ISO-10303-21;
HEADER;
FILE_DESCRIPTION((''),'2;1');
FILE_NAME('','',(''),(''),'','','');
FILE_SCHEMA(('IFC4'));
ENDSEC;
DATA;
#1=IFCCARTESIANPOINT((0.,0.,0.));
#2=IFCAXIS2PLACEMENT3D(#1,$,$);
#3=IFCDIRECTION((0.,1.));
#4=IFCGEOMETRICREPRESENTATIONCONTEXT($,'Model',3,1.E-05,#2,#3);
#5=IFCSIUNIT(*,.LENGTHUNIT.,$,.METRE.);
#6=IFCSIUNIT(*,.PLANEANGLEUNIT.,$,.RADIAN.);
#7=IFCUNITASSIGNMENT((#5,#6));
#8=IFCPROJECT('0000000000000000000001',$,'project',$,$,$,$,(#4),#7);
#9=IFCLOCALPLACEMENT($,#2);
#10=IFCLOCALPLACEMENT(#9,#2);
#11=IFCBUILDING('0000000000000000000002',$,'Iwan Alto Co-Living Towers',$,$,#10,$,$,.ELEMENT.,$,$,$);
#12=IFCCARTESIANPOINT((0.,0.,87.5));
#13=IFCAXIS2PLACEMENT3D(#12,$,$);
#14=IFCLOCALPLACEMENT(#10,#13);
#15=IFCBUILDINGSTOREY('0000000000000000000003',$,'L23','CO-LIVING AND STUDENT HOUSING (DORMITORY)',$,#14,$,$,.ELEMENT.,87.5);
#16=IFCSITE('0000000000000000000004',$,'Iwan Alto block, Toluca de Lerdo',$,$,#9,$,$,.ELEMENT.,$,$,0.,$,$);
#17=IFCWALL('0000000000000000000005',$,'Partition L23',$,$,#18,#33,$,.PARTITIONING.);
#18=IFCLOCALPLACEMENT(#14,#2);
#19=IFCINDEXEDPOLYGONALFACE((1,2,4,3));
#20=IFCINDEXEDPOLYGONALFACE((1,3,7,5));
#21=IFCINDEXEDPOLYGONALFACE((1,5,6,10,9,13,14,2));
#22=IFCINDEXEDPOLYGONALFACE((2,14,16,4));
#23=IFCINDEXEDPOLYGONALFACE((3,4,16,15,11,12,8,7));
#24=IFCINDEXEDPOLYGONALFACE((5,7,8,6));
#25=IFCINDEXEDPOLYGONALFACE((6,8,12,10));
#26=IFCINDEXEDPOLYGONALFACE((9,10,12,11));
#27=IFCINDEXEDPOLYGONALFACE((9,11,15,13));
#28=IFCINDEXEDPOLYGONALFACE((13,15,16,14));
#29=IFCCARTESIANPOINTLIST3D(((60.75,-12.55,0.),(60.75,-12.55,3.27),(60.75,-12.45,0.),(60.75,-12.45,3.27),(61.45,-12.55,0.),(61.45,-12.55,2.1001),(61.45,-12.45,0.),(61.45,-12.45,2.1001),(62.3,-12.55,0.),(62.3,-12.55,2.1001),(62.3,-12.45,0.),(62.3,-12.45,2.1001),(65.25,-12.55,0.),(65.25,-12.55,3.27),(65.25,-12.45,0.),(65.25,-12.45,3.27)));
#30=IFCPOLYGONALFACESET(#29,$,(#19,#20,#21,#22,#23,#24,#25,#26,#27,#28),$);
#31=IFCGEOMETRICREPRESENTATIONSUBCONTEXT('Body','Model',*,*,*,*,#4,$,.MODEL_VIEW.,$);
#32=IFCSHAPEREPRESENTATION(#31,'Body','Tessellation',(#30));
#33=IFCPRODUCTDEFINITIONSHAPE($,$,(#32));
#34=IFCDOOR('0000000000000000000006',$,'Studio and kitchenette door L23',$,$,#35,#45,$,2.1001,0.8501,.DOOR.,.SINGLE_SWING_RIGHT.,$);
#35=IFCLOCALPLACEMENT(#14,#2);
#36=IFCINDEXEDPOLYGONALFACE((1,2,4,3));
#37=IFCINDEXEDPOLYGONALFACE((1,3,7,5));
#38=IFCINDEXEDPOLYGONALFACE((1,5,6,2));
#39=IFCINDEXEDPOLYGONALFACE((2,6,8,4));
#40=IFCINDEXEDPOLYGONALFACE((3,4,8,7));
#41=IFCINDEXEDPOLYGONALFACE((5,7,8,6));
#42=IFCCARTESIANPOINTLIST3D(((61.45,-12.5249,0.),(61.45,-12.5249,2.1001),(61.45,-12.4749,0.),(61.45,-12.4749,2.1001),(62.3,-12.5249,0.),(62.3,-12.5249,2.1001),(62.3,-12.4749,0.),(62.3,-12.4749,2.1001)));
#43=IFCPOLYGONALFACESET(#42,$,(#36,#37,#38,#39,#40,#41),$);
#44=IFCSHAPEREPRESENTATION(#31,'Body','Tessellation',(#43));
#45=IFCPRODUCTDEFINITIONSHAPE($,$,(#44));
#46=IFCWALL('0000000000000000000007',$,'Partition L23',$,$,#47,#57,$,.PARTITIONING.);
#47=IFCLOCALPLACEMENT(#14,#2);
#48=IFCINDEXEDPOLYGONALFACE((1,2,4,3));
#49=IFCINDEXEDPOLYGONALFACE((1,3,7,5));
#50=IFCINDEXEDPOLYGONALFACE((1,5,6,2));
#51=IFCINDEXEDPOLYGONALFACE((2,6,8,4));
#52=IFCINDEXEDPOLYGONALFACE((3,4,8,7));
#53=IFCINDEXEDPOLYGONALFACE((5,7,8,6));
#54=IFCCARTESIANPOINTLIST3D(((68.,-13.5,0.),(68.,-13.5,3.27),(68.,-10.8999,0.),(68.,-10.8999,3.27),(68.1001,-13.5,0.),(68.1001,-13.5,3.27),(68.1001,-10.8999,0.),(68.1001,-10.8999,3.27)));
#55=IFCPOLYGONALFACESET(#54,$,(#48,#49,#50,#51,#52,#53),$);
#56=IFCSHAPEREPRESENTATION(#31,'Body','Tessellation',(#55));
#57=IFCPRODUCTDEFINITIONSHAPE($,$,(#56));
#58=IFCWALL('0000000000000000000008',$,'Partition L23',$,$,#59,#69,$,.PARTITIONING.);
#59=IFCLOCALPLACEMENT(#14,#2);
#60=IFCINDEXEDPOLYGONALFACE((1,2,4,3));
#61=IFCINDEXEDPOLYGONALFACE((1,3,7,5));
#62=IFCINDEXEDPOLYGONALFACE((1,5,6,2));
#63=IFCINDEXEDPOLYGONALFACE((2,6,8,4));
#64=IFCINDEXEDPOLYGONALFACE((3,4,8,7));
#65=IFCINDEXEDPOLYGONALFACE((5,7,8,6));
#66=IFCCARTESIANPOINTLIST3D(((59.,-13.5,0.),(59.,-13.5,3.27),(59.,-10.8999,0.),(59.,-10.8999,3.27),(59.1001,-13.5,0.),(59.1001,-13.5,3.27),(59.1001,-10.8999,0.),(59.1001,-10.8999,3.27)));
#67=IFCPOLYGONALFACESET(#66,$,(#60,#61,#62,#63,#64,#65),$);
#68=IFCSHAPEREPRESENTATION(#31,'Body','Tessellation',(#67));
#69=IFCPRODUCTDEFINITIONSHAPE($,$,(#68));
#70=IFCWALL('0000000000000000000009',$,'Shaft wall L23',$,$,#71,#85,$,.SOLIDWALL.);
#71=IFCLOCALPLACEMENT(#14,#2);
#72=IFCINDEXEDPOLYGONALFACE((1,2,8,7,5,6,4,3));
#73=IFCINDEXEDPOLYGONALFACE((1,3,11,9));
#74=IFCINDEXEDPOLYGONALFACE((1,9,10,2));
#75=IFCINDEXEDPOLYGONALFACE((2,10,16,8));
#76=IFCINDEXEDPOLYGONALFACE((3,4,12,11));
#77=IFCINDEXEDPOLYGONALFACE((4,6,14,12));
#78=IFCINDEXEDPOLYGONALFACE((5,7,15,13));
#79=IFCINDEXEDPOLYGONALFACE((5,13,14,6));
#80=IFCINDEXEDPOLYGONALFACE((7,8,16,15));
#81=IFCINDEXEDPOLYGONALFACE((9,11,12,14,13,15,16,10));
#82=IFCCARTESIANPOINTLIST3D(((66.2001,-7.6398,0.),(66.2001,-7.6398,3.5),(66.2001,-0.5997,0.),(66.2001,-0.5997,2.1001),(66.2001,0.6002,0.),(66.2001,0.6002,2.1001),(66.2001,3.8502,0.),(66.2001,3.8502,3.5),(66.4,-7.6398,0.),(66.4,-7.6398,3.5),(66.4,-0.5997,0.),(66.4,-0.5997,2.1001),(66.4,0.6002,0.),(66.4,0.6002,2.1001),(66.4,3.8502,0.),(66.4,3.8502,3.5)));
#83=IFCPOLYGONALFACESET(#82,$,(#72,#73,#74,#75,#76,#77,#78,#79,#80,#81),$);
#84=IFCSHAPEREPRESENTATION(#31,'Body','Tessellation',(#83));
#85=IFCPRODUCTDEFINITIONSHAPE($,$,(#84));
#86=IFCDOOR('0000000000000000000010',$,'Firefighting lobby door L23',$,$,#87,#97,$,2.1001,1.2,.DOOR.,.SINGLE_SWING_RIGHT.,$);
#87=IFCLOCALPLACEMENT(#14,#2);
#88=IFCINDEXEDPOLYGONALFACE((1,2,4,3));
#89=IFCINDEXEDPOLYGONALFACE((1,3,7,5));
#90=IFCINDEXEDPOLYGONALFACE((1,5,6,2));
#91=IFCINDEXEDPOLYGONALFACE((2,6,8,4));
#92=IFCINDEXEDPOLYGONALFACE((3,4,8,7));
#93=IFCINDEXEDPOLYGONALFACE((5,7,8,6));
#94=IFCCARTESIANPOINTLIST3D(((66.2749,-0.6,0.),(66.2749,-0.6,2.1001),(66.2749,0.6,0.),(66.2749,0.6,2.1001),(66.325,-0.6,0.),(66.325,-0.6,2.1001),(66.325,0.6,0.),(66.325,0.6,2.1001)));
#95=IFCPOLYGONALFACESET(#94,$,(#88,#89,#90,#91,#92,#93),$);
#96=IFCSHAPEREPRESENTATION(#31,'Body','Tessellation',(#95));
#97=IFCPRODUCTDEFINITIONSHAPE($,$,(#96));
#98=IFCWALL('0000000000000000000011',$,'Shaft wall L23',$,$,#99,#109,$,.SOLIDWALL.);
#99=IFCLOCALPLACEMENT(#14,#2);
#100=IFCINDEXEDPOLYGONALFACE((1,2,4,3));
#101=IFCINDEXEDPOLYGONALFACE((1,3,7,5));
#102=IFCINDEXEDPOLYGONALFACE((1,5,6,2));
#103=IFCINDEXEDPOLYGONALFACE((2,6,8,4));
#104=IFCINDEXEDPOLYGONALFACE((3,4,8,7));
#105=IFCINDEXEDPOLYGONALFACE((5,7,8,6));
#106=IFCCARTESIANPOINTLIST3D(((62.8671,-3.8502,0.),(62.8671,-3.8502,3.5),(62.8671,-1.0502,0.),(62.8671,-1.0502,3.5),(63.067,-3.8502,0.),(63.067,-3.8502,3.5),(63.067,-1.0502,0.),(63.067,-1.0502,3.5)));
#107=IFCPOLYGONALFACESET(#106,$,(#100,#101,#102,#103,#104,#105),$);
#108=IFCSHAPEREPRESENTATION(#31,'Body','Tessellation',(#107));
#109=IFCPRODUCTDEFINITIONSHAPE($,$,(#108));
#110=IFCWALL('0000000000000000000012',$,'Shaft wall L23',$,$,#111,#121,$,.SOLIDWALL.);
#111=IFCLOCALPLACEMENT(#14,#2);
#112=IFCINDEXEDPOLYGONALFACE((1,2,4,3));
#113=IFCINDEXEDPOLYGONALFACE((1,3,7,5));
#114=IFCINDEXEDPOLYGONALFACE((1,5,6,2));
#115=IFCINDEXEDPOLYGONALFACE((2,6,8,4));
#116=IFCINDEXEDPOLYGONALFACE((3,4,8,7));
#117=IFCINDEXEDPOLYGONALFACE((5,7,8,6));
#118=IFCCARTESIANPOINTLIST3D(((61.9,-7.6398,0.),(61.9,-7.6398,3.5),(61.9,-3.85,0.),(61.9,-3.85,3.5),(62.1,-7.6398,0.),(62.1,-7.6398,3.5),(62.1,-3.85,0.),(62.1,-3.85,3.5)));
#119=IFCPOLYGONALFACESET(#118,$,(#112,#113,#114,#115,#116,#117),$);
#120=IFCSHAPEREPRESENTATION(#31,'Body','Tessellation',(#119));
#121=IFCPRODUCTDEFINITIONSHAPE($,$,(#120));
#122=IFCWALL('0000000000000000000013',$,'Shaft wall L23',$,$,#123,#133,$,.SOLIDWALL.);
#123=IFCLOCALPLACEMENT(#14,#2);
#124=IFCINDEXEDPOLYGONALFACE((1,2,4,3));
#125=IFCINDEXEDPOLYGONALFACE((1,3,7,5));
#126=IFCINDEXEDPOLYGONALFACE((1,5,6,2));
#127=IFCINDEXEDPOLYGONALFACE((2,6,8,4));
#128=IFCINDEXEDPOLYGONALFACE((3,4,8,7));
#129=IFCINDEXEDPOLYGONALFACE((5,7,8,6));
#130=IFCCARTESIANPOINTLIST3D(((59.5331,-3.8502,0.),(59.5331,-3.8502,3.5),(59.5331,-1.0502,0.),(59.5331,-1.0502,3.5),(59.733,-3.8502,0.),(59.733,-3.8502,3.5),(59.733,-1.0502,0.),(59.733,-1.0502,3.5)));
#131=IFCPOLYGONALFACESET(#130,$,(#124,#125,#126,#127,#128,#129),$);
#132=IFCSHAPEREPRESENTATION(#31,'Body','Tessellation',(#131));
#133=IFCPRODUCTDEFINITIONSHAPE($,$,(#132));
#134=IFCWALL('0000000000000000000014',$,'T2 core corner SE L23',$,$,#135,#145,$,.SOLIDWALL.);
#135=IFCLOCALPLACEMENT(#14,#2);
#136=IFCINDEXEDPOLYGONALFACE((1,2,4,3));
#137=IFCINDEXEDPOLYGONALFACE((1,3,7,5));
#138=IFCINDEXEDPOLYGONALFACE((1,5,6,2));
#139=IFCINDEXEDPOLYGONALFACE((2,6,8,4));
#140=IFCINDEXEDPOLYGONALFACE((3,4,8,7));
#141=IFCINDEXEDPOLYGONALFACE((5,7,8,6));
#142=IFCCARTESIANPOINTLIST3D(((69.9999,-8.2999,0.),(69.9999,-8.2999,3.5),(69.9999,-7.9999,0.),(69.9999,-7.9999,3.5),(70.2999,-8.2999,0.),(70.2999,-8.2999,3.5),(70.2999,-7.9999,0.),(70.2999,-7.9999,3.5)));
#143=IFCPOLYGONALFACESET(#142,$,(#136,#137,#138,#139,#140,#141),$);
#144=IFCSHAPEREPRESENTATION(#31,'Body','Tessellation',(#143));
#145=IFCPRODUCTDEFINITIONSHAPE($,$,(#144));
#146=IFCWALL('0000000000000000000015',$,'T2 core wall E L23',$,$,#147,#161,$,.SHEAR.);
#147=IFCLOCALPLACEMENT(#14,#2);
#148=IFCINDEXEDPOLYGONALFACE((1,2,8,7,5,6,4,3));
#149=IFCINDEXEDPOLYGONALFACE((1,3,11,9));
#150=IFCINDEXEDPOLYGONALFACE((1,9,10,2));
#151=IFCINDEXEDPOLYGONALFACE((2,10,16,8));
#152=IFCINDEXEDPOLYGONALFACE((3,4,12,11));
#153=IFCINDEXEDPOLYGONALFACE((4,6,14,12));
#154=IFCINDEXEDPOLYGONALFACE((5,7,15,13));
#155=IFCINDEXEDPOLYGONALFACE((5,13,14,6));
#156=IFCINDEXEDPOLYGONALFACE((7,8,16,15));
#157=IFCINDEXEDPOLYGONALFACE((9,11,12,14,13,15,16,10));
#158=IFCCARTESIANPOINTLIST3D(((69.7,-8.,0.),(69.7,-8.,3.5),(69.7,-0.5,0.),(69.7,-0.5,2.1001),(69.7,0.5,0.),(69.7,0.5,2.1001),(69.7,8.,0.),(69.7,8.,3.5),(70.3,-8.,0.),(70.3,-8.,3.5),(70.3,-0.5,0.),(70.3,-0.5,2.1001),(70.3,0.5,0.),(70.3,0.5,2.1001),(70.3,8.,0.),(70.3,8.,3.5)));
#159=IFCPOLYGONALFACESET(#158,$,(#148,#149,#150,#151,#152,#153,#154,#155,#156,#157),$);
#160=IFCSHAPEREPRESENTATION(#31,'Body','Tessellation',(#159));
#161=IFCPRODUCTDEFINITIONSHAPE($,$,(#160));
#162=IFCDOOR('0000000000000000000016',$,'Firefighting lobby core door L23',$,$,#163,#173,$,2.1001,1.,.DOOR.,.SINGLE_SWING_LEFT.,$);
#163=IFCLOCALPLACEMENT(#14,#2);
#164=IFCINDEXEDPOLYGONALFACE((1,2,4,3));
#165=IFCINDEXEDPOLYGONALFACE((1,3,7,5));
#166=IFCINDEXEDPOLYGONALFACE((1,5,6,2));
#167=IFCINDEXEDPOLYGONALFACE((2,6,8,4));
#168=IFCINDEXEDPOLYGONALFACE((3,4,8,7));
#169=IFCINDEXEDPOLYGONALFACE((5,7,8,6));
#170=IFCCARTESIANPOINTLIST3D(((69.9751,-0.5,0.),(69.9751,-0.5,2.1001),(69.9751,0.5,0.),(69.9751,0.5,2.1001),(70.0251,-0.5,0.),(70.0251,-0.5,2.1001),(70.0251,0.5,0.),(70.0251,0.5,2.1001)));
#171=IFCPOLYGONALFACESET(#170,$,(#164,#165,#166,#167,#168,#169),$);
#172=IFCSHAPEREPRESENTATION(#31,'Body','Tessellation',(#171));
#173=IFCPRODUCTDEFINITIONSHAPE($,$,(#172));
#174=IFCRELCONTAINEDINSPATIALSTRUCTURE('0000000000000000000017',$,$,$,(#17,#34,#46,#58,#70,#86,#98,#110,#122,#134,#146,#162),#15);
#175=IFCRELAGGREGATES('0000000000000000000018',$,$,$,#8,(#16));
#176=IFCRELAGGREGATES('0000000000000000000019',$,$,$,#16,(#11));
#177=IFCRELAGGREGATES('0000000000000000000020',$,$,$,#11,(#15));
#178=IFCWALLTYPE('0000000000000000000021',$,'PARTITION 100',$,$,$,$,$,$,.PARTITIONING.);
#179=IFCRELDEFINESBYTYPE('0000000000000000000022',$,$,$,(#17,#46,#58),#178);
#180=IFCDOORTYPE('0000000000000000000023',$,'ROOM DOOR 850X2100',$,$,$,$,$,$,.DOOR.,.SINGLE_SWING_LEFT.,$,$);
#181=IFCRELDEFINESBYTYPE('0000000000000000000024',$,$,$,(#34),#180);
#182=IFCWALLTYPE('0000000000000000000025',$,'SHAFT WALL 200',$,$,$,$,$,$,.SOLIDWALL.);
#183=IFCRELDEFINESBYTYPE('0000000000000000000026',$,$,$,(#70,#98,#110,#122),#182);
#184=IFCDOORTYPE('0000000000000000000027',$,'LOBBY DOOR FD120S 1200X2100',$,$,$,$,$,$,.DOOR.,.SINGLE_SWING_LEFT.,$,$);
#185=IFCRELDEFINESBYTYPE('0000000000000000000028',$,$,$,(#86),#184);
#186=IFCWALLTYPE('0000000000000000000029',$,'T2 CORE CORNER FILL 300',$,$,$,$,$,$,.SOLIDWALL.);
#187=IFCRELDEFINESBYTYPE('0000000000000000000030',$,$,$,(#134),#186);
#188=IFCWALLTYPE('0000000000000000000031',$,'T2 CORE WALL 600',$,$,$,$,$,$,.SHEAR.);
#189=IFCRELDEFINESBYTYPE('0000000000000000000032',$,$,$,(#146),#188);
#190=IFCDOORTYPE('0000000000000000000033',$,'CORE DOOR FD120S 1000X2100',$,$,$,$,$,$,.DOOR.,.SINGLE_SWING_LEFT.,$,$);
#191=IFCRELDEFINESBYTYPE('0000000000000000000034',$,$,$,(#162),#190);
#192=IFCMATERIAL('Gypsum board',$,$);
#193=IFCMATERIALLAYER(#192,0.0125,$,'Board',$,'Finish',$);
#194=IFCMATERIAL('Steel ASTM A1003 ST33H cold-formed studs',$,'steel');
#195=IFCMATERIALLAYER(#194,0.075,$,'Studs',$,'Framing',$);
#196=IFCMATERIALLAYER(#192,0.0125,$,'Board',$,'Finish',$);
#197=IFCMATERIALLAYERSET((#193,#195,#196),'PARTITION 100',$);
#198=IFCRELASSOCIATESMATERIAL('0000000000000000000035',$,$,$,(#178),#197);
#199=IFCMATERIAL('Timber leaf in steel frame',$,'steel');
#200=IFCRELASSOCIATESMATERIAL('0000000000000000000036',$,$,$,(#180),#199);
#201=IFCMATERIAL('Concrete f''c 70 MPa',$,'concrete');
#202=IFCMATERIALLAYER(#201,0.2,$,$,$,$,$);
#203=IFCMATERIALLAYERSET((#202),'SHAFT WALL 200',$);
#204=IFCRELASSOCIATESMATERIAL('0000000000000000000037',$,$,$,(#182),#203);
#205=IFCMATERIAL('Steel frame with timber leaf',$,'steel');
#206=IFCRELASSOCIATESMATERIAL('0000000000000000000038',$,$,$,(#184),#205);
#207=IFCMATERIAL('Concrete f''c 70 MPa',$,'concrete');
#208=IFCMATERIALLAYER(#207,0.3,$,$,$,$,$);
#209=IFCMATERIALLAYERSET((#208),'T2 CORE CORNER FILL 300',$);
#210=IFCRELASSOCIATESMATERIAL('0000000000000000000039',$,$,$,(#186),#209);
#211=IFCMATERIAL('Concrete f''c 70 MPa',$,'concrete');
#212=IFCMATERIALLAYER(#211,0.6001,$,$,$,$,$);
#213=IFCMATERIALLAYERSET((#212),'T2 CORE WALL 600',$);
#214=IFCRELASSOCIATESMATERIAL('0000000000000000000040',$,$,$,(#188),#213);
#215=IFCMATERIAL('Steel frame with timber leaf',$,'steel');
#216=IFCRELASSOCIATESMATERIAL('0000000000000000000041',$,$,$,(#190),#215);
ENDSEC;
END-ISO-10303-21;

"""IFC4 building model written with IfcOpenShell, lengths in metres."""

from ifc_helpers import new_model, si_unit, direction, frame, frame_2d, origin, place, context, subcontext, project, spatial, rectangle, extrude, material, layer, layer_set, type_object, element, fill, save


model = new_model("IFC4")

# Units and contexts
model_context = context("Model", 3, precision=1e-05, world=origin(), true_north=direction((0.0, 1.0)))
body_context = subcontext(model_context, "Body", "Model", "MODEL_VIEW")
ifc_project = project(units=[si_unit("LENGTHUNIT", "METRE"), si_unit("PLANEANGLEUNIT", "RADIAN")], contexts=[model_context])

# Site, building, storey
site_placement = place(None, origin())
site = spatial("IfcSite", under=ifc_project, at=site_placement, Name="Iwan Alto block, Toluca de Lerdo", CompositionType="ELEMENT", RefElevation=0.0)
building_placement = place(site_placement, origin())
building = spatial("IfcBuilding", under=site, at=building_placement, Name="Iwan Alto Co-Living Towers", CompositionType="ELEMENT")
storey_placement = place(building_placement, frame((0.0, 0.0, 87.5)))
storey = spatial("IfcBuildingStorey", under=building, at=storey_placement, Name="L23", Description="CO-LIVING AND STUDENT HOUSING (DORMITORY)", CompositionType="ELEMENT", Elevation=87.5)

# Wall, opening, door
ifc_material_1 = material(Name="Gypsum board")
ifc_layer_1 = layer(ifc_material_1, 0.0125, Name="Board", Category="Finish")
ifc_material_2 = material(Name="Steel ASTM A1003 ST33H cold-formed studs", Category="steel")
ifc_layer_2 = layer(ifc_material_2, 0.075, Name="Studs", Category="Framing")
ifc_layer_3 = layer(ifc_material_1, 0.0125, Name="Board", Category="Finish")
ifc_layer_set_1 = layer_set([ifc_layer_1, ifc_layer_2, ifc_layer_3], Name="PARTITION 100")
wall_type_1 = type_object("IfcWallType", Name="PARTITION 100", PredefinedType="PARTITIONING", material=ifc_layer_set_1)
ifc_material_3 = material(Name="Timber leaf in steel frame", Category="steel")
door_type_1 = type_object("IfcDoorType", Name="ROOM DOOR 850X2100", OperationType="SINGLE_SWING_LEFT", PredefinedType="DOOR", material=ifc_material_3)
wall_1_placement = place(storey_placement, frame((60.75, -12.5, 0.0), z_axis=(0.0, 0.0, 1.0), x_axis=(1.0, 0.0, 0.0)))
wall_1 = element("IfcWall", 1, at=wall_1_placement, inside=storey, type_object=wall_type_1, Name="Partition L23", PredefinedType="PARTITIONING", context=body_context, shape_type="SweptSolid", body=[
    extrude(rectangle(XDim=4.5, YDim=0.1001, at=frame_2d((2.25, 0.0))), origin(), (0.0, 0.0, 1.0), 3.27),
])
opening_1_placement = place(wall_1_placement, frame((0.7, 0.0, 0.0)))
opening_1 = element("IfcOpeningElement", 2, at=opening_1_placement, cuts=wall_1, PredefinedType="OPENING", context=body_context, shape_type="SweptSolid", body=[
    extrude(rectangle(XDim=0.8501, YDim=2.1001, at=frame_2d((0.425, 1.05))), frame((0.0, 0.0601, 0.0), z_axis=(0.0, -1.0, 0.0), x_axis=(1.0, 0.0, 0.0)), (0.0, 0.0, 1.0), 0.1201),
])
door_1_placement = place(opening_1_placement, frame((0.8501, 0.0, 0.0), z_axis=(0.0, 0.0, 1.0), x_axis=(-1.0, 0.0, 0.0)))
door_1 = element("IfcDoor", 3, at=door_1_placement, inside=storey, type_object=door_type_1, Name="Studio and kitchenette door L23", OperationType="SINGLE_SWING_RIGHT", OverallHeight=2.1001, OverallWidth=0.8501, PredefinedType="DOOR", context=body_context, shape_type="SweptSolid", body=[
    extrude(rectangle(XDim=0.8501, YDim=2.1001, at=frame_2d((0.425, 1.05))), frame((0.0, 0.0249, 0.0), z_axis=(0.0, -1.0, 0.0), x_axis=(1.0, 0.0, 0.0)), (0.0, 0.0, 1.0), 0.05),
])
fill(opening_1, door_1)

# Walls
for number, where, z_axis, x_axis, name in (
    (4, (68.05, -13.5, 0.0), (0.0, 0.0, 1.0), (0.0, 1.0, 0.0), "Partition L23"),
    (5, (59.05, -13.5, 0.0), (0.0, 0.0, 1.0), (0.0, 1.0, 0.0), "Partition L23"),
):
    element("IfcWall", number, at=place(storey_placement, frame(where, z_axis=z_axis, x_axis=x_axis)), inside=storey, type_object=wall_type_1, Name=name, PredefinedType="PARTITIONING", context=body_context, shape_type="SweptSolid", body=[
        extrude(rectangle(XDim=2.6001, YDim=0.1001, at=frame_2d((1.3, 0.0))), origin(), (0.0, 0.0, 1.0), 3.27),
    ])

# Wall, opening, door
ifc_material_4 = material(Name="Concrete f'c 70 MPa", Category="concrete")
ifc_layer_4 = layer(ifc_material_4, 0.2)
ifc_layer_set_2 = layer_set([ifc_layer_4], Name="SHAFT WALL 200")
wall_type_2 = type_object("IfcWallType", Name="SHAFT WALL 200", PredefinedType="SOLIDWALL", material=ifc_layer_set_2)
wall_2_placement = place(storey_placement, frame((66.3, -7.6399, 0.0), z_axis=(0.0, 0.0, 1.0), x_axis=(0.0, 1.0, 0.0)))
wall_2 = element("IfcWall", 6, at=wall_2_placement, inside=storey, type_object=wall_type_2, Name="Shaft wall L23", PredefinedType="SOLIDWALL", context=body_context, shape_type="SweptSolid", body=[
    extrude(rectangle(XDim=11.49, YDim=0.2, at=frame_2d((5.7451, 0.0))), origin(), (0.0, 0.0, 1.0), 3.5),
])
opening_2_placement = place(wall_2_placement, frame((7.04, 0.0, 0.0)))
opening_2 = element("IfcOpeningElement", 7, at=opening_2_placement, cuts=wall_2, PredefinedType="OPENING", context=body_context, shape_type="SweptSolid", body=[
    extrude(rectangle(XDim=1.2, YDim=2.1001, at=frame_2d((0.6001, 1.05))), frame((0.0, 0.1099, 0.0), z_axis=(0.0, -1.0, 0.0), x_axis=(1.0, 0.0, 0.0)), (0.0, 0.0, 1.0), 0.22),
])
ifc_material_5 = material(Name="Steel frame with timber leaf", Category="steel")
door_type_2 = type_object("IfcDoorType", Name="LOBBY DOOR FD120S 1200X2100", OperationType="SINGLE_SWING_LEFT", PredefinedType="DOOR", material=ifc_material_5)
door_2_placement = place(opening_2_placement, frame((1.2, 0.0, 0.0), z_axis=(0.0, 0.0, 1.0), x_axis=(-1.0, 0.0, 0.0)))
door_2 = element("IfcDoor", 8, at=door_2_placement, inside=storey, type_object=door_type_2, Name="Firefighting lobby door L23", OperationType="SINGLE_SWING_RIGHT", OverallHeight=2.1001, OverallWidth=1.2, PredefinedType="DOOR", context=body_context, shape_type="SweptSolid", body=[
    extrude(rectangle(XDim=1.2, YDim=2.1001, at=frame_2d((0.6001, 1.05))), frame((0.0, 0.0249, 0.0), z_axis=(0.0, -1.0, 0.0), x_axis=(1.0, 0.0, 0.0)), (0.0, 0.0, 1.0), 0.05),
])
fill(opening_2, door_2)

# Walls
wall_3_placement = place(storey_placement, frame((62.967, -3.8501, 0.0), z_axis=(0.0, 0.0, 1.0), x_axis=(0.0, 1.0, 0.0)))
element("IfcWall", 9, at=wall_3_placement, inside=storey, type_object=wall_type_2, Name="Shaft wall L23", PredefinedType="SOLIDWALL", context=body_context, shape_type="SweptSolid", body=[
    extrude(rectangle(XDim=2.8, YDim=0.2, at=frame_2d((1.3999, 0.0))), origin(), (0.0, 0.0, 1.0), 3.5),
])
wall_4_placement = place(storey_placement, frame((62.0, -7.6399, 0.0), z_axis=(0.0, 0.0, 1.0), x_axis=(0.0, 1.0, 0.0)))
element("IfcWall", 10, at=wall_4_placement, inside=storey, type_object=wall_type_2, Name="Shaft wall L23", PredefinedType="SOLIDWALL", context=body_context, shape_type="SweptSolid", body=[
    extrude(rectangle(XDim=3.7898, YDim=0.2, at=frame_2d((1.895, 0.0))), origin(), (0.0, 0.0, 1.0), 3.5),
])
wall_5_placement = place(storey_placement, frame((59.6331, -3.8501, 0.0), z_axis=(0.0, 0.0, 1.0), x_axis=(0.0, 1.0, 0.0)))
element("IfcWall", 11, at=wall_5_placement, inside=storey, type_object=wall_type_2, Name="Shaft wall L23", PredefinedType="SOLIDWALL", context=body_context, shape_type="SweptSolid", body=[
    extrude(rectangle(XDim=2.8, YDim=0.2, at=frame_2d((1.3999, 0.0))), origin(), (0.0, 0.0, 1.0), 3.5),
])
ifc_material_6 = material(Name="Concrete f'c 70 MPa", Category="concrete")
ifc_layer_5 = layer(ifc_material_6, 0.3)
ifc_layer_set_3 = layer_set([ifc_layer_5], Name="T2 CORE CORNER FILL 300")
wall_type_3 = type_object("IfcWallType", Name="T2 CORE CORNER FILL 300", PredefinedType="SOLIDWALL", material=ifc_layer_set_3)
wall_6_placement = place(storey_placement, frame((70.0, -8.1499, 0.0), z_axis=(0.0, 0.0, 1.0), x_axis=(1.0, 0.0, 0.0)))
element("IfcWall", 12, at=wall_6_placement, inside=storey, type_object=wall_type_3, Name="T2 core corner SE L23", PredefinedType="SOLIDWALL", context=body_context, shape_type="SweptSolid", body=[
    extrude(rectangle(XDim=0.3, YDim=0.3, at=frame_2d((0.1499, 0.0))), origin(), (0.0, 0.0, 1.0), 3.5),
])

# Wall, opening, door
ifc_material_7 = material(Name="Concrete f'c 70 MPa", Category="concrete")
ifc_layer_6 = layer(ifc_material_7, 0.6001)
ifc_layer_set_4 = layer_set([ifc_layer_6], Name="T2 CORE WALL 600")
wall_type_4 = type_object("IfcWallType", Name="T2 CORE WALL 600", PredefinedType="SHEAR", material=ifc_layer_set_4)
wall_7_placement = place(storey_placement, frame((70.0, -8.0, 0.0), z_axis=(0.0, 0.0, 1.0), x_axis=(0.0, 1.0, 0.0)))
wall_7 = element("IfcWall", 13, at=wall_7_placement, inside=storey, type_object=wall_type_4, Name="T2 core wall E L23", PredefinedType="SHEAR", context=body_context, shape_type="SweptSolid", body=[
    extrude(rectangle(XDim=16.0, YDim=0.6001, at=frame_2d((8.0, 0.0))), origin(), (0.0, 0.0, 1.0), 3.5),
])
opening_3_placement = place(wall_7_placement, frame((7.5, 0.0, 0.0)))
opening_3 = element("IfcOpeningElement", 14, at=opening_3_placement, cuts=wall_7, PredefinedType="OPENING", context=body_context, shape_type="SweptSolid", body=[
    extrude(rectangle(XDim=1.0, YDim=2.1001, at=frame_2d((0.5, 1.05))), frame((0.0, 0.3101, 0.0), z_axis=(0.0, -1.0, 0.0), x_axis=(1.0, 0.0, 0.0)), (0.0, 0.0, 1.0), 0.6201),
])
ifc_material_8 = material(Name="Steel frame with timber leaf", Category="steel")
door_type_3 = type_object("IfcDoorType", Name="CORE DOOR FD120S 1000X2100", OperationType="SINGLE_SWING_LEFT", PredefinedType="DOOR", material=ifc_material_8)
door_3_placement = place(opening_3_placement, origin())
door_3 = element("IfcDoor", 15, at=door_3_placement, inside=storey, type_object=door_type_3, Name="Firefighting lobby core door L23", OperationType="SINGLE_SWING_LEFT", OverallHeight=2.1001, OverallWidth=1.0, PredefinedType="DOOR", context=body_context, shape_type="SweptSolid", body=[
    extrude(rectangle(XDim=1.0, YDim=2.1001, at=frame_2d((0.5, 1.05))), frame((0.0, 0.0249, 0.0), z_axis=(0.0, -1.0, 0.0), x_axis=(1.0, 0.0, 0.0)), (0.0, 0.0, 1.0), 0.05),
])
fill(opening_3, door_3)

save(model, "model.ifc")
